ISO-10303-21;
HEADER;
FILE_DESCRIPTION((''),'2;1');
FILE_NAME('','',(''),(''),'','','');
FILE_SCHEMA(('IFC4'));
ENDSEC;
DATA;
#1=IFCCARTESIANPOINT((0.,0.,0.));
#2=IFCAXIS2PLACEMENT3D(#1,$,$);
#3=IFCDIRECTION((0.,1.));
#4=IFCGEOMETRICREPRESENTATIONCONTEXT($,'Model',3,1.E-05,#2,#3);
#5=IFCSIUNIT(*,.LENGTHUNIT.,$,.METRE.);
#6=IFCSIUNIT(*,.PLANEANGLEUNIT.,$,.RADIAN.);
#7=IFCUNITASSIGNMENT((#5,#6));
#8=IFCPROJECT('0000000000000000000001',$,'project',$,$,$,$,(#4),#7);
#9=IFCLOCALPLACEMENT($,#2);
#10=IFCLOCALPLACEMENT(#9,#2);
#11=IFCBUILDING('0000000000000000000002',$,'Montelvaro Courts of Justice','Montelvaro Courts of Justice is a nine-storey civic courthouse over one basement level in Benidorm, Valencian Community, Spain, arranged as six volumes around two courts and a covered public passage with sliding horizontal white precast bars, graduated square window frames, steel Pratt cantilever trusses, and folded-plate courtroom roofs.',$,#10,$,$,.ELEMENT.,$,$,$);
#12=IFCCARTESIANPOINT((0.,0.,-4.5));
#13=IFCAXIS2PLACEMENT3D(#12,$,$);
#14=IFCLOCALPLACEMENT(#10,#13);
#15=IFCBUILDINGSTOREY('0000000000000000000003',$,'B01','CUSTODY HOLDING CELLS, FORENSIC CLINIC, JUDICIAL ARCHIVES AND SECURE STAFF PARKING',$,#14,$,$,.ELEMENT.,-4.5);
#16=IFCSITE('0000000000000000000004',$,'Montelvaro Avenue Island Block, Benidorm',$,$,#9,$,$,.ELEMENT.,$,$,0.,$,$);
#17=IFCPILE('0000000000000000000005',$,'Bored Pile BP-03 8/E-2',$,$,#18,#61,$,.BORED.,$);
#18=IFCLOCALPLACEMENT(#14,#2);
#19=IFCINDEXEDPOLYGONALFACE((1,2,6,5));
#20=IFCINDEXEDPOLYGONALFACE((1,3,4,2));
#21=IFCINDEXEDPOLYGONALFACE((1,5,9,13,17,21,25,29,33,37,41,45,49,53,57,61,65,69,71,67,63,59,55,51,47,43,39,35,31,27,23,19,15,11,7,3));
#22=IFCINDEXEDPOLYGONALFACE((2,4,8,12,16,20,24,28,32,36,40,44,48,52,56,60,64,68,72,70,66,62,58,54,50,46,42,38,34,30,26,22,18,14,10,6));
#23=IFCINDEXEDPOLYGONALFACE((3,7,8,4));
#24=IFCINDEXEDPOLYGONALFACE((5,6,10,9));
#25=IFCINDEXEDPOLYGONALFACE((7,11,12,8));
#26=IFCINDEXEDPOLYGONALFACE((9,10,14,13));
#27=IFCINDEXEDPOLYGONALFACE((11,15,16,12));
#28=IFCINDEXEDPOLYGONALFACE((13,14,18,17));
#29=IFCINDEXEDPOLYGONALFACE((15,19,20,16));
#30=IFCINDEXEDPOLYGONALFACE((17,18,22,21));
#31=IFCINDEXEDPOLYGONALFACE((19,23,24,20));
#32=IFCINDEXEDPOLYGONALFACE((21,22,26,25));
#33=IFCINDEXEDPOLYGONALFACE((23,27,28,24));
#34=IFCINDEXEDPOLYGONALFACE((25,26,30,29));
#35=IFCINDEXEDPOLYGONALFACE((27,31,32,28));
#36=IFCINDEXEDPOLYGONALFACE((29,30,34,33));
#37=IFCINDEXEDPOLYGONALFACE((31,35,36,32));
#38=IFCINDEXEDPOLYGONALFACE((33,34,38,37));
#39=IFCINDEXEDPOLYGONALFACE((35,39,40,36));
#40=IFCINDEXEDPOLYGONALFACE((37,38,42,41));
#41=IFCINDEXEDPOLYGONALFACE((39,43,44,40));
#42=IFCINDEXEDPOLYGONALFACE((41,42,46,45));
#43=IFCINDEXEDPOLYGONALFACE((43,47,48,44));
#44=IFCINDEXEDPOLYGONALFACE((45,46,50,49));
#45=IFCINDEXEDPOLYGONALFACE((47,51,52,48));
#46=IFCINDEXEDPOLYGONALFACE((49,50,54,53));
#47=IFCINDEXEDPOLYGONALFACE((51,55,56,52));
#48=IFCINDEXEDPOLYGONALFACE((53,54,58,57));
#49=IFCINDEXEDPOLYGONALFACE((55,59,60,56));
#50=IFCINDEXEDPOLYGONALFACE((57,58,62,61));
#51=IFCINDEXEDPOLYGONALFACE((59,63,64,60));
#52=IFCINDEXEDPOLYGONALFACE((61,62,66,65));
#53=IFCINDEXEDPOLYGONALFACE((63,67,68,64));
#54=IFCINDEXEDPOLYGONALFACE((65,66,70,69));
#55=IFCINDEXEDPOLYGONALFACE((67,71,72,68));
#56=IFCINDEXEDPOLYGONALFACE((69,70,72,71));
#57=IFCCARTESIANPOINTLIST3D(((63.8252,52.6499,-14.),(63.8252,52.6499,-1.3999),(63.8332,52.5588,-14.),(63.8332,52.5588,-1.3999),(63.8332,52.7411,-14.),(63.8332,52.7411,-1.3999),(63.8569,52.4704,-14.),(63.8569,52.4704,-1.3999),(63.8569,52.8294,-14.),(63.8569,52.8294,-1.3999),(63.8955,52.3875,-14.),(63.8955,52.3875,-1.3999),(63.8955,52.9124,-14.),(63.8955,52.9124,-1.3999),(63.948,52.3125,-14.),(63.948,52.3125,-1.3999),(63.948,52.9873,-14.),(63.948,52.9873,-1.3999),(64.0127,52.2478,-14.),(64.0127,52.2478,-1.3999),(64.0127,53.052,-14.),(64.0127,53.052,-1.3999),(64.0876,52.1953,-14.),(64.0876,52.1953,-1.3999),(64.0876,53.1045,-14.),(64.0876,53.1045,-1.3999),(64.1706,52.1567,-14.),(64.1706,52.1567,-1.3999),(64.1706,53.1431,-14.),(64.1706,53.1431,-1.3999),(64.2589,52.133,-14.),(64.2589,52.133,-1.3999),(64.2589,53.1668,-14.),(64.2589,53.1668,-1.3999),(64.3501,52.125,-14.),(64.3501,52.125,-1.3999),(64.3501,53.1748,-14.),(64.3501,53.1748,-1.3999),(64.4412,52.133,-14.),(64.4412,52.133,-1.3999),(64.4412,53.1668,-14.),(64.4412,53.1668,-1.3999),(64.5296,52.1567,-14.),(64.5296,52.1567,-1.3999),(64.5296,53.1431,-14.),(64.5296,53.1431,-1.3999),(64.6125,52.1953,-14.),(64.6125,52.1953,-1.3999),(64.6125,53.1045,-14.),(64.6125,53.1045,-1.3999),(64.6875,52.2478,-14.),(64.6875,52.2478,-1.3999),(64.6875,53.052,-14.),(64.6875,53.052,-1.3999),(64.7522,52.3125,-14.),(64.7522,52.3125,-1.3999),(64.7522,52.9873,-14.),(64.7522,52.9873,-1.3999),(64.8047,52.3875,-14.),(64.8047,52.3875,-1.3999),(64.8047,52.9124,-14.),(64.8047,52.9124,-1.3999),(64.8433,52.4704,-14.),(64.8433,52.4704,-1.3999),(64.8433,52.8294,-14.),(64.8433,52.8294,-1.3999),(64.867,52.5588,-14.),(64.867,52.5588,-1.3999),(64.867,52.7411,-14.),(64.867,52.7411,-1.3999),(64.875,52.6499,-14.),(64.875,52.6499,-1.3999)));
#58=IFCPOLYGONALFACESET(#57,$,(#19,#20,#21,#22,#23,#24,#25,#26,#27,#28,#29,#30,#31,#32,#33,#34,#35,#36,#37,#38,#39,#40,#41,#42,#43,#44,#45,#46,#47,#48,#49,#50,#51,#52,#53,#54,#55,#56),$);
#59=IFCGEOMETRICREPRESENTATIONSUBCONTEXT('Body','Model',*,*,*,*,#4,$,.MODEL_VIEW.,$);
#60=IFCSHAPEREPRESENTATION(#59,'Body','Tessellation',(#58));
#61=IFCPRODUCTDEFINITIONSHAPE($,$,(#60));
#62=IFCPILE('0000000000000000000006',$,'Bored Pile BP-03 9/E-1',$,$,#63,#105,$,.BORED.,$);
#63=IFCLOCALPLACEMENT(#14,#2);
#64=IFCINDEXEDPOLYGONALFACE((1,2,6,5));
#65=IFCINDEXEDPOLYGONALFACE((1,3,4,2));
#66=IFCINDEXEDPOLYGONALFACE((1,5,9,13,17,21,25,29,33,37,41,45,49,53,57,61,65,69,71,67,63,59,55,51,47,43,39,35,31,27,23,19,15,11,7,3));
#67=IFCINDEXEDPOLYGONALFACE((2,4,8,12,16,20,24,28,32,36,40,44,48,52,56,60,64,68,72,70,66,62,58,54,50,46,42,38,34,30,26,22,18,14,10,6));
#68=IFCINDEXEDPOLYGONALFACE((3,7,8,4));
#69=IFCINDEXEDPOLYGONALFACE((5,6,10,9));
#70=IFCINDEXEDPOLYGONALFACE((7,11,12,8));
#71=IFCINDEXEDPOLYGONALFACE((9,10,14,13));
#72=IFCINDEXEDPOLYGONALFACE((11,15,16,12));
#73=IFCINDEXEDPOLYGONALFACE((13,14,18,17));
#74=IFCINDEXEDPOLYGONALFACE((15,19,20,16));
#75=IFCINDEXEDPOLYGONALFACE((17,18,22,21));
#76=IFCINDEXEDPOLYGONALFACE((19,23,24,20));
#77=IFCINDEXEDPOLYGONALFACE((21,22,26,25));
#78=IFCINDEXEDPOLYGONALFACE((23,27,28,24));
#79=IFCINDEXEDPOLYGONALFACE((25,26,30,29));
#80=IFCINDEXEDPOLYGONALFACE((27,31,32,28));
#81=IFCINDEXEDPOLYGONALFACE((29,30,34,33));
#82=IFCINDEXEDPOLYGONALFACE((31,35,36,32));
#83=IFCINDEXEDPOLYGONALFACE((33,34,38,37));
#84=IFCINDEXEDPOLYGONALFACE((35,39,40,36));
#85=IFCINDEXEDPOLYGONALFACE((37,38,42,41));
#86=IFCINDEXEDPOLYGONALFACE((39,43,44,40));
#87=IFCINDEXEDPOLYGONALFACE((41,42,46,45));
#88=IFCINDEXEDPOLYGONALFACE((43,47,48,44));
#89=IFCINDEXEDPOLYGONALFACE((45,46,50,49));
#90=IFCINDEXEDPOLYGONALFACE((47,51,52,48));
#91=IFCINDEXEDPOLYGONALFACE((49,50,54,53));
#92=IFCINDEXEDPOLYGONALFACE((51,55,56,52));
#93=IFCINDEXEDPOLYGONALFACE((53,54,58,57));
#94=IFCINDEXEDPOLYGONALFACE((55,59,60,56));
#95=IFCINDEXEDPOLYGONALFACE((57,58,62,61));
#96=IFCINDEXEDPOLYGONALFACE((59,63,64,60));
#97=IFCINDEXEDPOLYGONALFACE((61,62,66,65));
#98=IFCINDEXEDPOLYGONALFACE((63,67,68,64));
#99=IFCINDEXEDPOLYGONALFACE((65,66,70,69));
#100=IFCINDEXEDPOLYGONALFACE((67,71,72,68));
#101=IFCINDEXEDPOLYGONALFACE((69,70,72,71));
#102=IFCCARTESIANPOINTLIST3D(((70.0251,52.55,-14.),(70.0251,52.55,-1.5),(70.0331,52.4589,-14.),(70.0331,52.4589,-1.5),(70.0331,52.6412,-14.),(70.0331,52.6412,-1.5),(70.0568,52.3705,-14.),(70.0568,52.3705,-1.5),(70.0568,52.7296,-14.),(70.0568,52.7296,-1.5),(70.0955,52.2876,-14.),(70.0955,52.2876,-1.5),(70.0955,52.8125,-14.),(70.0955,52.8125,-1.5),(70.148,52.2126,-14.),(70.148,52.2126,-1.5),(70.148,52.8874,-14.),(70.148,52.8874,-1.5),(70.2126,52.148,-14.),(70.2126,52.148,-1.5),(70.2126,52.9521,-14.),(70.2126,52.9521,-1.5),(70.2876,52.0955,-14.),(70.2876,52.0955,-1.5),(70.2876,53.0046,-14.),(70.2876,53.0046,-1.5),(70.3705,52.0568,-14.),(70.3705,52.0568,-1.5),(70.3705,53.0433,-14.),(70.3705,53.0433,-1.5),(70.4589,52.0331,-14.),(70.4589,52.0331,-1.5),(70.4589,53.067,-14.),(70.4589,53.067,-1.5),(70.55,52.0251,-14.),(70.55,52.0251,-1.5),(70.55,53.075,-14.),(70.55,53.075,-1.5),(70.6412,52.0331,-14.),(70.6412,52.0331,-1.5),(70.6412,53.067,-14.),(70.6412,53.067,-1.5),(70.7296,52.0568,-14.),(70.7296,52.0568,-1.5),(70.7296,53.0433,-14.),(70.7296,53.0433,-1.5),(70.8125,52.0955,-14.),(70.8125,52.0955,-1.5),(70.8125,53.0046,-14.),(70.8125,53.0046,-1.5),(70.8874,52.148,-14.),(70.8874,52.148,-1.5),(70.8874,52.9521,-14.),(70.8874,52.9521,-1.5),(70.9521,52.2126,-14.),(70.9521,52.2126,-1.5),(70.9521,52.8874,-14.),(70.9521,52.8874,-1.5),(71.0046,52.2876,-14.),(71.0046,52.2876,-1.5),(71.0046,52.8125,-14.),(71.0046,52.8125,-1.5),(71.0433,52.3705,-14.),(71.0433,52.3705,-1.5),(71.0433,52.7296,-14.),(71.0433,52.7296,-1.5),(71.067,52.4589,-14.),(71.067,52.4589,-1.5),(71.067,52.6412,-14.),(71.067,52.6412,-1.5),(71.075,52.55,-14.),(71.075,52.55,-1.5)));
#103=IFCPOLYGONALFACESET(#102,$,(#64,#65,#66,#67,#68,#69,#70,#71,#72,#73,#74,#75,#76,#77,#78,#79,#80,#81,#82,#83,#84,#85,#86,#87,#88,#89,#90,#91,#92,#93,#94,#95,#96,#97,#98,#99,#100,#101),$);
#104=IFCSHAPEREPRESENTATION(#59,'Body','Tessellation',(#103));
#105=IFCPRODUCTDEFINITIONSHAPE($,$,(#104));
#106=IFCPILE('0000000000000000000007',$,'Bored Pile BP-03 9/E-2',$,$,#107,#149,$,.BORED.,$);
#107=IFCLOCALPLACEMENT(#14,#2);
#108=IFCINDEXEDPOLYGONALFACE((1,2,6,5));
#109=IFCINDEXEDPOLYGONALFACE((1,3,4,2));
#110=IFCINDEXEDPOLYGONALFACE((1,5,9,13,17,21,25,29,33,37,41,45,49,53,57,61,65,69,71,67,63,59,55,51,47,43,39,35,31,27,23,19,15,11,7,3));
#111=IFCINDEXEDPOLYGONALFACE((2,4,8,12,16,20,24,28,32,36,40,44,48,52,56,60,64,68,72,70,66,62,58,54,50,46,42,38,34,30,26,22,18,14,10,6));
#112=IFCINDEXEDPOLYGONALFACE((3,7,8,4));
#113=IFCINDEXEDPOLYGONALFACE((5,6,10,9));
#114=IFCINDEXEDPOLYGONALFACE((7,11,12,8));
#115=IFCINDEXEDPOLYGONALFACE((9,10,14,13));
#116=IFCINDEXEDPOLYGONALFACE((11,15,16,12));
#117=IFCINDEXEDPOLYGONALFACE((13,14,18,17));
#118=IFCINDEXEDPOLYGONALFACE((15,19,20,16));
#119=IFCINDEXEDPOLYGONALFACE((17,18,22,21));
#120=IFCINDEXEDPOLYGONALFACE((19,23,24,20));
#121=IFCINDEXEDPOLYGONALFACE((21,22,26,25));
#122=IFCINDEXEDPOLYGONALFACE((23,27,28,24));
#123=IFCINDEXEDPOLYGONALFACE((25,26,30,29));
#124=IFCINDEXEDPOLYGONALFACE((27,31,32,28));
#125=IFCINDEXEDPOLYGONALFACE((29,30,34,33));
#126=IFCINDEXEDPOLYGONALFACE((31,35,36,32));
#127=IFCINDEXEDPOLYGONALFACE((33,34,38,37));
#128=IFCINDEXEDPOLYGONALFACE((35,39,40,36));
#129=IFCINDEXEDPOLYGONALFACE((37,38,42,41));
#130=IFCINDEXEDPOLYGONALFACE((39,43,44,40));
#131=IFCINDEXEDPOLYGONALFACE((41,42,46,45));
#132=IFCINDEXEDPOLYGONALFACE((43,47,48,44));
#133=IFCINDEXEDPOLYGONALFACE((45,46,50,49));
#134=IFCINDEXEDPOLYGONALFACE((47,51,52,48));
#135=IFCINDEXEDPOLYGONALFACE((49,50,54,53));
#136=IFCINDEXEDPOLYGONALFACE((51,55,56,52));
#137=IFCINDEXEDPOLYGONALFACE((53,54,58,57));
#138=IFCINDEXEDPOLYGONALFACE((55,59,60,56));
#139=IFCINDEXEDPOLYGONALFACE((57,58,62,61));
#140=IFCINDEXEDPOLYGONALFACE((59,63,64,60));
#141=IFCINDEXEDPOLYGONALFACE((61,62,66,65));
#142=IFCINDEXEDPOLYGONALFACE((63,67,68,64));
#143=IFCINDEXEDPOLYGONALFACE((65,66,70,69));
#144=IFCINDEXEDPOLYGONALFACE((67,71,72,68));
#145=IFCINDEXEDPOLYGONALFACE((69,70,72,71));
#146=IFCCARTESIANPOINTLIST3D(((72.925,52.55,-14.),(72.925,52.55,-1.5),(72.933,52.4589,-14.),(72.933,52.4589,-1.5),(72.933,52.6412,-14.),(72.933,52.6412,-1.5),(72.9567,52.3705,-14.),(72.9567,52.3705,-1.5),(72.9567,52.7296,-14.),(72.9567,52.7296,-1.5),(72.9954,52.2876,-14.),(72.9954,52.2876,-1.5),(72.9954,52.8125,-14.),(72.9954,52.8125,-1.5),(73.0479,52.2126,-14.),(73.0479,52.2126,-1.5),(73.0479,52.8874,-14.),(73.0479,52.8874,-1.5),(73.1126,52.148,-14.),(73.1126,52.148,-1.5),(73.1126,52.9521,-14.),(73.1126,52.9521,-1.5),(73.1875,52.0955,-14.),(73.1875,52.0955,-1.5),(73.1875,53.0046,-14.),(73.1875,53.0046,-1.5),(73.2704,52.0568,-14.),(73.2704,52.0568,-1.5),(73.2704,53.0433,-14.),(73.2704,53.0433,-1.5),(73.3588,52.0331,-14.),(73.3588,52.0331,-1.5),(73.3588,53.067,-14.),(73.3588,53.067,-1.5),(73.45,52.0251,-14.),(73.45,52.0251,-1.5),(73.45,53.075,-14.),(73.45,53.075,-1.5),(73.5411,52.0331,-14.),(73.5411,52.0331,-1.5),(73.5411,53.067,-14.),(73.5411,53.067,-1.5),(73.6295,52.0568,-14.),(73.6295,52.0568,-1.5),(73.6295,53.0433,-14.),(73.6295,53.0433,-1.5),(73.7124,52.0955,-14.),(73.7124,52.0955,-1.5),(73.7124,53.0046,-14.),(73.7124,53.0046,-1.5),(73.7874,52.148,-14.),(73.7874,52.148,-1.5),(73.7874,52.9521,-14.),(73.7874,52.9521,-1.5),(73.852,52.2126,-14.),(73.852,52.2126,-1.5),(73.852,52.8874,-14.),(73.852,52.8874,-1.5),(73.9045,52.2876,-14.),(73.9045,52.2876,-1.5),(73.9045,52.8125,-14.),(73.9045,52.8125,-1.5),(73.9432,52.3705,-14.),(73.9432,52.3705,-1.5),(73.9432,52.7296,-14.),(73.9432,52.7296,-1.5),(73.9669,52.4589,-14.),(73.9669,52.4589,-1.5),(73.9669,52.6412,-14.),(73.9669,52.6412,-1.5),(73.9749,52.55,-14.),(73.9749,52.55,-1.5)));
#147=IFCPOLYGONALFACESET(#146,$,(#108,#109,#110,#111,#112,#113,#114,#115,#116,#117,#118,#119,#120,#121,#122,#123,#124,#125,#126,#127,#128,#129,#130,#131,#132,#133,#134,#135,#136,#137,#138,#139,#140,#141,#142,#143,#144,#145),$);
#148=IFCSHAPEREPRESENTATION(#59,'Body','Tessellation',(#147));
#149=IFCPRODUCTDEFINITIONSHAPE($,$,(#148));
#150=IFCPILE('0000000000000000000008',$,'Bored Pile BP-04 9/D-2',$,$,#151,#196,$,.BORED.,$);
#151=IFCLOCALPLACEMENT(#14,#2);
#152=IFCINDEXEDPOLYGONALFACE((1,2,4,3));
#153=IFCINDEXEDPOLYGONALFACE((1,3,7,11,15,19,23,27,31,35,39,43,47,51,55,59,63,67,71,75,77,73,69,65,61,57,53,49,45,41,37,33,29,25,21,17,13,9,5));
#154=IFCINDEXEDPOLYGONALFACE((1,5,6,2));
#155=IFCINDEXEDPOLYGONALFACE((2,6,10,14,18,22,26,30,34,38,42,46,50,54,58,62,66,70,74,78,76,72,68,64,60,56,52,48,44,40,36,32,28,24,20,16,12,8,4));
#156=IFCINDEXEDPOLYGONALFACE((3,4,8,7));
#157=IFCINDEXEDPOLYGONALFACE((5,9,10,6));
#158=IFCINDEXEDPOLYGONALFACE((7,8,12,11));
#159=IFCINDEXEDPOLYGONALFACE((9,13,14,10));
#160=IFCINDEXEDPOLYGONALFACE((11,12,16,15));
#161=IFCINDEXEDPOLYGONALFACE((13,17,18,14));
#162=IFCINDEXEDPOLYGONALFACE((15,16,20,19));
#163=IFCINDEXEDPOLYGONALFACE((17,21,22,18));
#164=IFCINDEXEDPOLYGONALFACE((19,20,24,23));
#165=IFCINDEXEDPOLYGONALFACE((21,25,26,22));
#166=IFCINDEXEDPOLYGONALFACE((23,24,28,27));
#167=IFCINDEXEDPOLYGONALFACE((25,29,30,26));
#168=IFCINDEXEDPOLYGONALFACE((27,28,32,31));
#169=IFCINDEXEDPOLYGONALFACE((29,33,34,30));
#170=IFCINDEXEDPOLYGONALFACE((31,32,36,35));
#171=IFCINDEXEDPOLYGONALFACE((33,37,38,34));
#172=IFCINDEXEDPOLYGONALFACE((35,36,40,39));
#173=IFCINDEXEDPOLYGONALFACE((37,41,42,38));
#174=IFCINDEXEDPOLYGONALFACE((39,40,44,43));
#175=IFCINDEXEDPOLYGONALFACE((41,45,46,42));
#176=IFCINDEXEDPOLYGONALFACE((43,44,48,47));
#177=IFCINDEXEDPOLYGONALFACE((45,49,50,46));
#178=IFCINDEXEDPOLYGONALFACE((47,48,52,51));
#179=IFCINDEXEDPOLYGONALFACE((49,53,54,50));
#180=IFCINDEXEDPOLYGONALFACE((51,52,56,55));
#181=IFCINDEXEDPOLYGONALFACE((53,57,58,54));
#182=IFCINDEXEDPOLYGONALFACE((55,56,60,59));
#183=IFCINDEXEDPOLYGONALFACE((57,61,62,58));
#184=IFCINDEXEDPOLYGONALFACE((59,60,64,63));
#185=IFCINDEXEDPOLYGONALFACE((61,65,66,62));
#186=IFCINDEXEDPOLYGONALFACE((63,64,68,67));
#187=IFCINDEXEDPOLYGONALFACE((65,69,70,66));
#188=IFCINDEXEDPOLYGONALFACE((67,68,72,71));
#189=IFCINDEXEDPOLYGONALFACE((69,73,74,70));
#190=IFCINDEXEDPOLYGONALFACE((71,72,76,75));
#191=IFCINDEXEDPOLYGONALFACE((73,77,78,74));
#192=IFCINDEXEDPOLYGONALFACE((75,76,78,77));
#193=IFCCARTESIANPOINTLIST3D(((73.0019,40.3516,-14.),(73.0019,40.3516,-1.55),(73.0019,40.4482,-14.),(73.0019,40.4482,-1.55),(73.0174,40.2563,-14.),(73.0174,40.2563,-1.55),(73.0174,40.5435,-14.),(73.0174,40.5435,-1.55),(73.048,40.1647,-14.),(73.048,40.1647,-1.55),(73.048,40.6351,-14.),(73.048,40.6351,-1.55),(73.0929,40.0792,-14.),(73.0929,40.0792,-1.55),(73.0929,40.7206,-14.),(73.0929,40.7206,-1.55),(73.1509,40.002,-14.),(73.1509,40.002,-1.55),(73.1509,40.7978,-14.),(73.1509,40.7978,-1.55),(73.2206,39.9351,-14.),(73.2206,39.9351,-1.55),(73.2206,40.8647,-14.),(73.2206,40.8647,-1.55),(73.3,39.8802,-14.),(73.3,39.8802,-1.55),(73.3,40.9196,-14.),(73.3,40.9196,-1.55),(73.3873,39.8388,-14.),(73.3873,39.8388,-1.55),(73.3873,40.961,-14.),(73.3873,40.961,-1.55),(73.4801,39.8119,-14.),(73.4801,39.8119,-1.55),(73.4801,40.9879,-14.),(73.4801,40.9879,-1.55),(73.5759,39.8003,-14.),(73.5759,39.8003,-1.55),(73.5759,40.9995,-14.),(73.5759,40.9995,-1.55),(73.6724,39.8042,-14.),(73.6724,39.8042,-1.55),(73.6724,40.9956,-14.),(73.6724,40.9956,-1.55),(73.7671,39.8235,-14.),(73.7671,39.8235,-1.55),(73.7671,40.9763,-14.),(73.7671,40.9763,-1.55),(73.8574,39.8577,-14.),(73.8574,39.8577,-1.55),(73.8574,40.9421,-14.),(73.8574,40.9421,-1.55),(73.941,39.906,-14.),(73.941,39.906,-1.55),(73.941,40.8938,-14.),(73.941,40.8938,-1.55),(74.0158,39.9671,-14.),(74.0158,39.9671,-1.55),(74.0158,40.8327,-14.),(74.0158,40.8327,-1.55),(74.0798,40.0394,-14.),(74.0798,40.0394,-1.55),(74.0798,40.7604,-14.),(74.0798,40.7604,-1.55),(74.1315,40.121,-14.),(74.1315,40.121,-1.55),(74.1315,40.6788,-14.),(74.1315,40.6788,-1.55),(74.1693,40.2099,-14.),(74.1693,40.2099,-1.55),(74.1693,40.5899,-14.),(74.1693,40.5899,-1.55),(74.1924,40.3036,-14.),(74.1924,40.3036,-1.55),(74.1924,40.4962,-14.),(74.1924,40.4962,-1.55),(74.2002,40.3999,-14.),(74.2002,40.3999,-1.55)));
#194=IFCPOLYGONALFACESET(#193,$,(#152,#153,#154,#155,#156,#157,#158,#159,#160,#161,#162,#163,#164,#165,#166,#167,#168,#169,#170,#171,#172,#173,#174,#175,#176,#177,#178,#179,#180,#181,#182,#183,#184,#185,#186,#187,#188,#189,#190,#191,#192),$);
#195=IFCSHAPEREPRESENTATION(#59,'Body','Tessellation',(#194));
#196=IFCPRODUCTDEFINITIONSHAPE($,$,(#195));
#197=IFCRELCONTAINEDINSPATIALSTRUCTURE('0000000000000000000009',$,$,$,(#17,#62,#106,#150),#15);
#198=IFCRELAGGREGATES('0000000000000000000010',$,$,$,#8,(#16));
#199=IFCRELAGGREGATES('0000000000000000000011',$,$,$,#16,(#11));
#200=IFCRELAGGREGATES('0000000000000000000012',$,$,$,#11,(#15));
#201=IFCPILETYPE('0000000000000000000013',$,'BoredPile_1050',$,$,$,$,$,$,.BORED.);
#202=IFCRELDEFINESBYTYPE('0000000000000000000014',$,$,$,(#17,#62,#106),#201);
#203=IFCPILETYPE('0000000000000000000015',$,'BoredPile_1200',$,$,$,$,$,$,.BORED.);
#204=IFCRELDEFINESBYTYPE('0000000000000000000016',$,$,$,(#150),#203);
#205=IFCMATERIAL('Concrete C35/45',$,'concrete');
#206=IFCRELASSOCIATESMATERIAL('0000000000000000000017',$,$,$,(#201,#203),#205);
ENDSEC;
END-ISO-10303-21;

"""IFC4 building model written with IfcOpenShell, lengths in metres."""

from ifc_helpers import new_model, si_unit, direction, frame, origin, origin_2d, place, context, subcontext, project, spatial, circle, extrude, material, material_profile, profile_set, type_object, element, save


model = new_model("IFC4")

# Units and contexts
model_context = context("Model", 3, precision=1e-05, world=origin(), true_north=direction((0.0, 1.0)))
body_context = subcontext(model_context, "Body", "Model", "MODEL_VIEW")
ifc_project = project(units=[si_unit("LENGTHUNIT", "METRE"), si_unit("PLANEANGLEUNIT", "RADIAN")], contexts=[model_context])

# Site, building, storey
site_placement = place(None, origin())
site = spatial("IfcSite", under=ifc_project, at=site_placement, Name="Montelvaro Avenue Island Block, Benidorm", CompositionType="ELEMENT", RefElevation=0.0)
building_placement = place(site_placement, origin())
building = spatial("IfcBuilding", under=site, at=building_placement, Name="Montelvaro Courts of Justice", Description="Montelvaro Courts of Justice is a nine-storey civic courthouse over one basement level in Benidorm, Valencian Community, Spain, arranged as six volumes around two courts and a covered public passage with sliding horizontal white precast bars, graduated square window frames, steel Pratt cantilever trusses, and folded-plate courtroom roofs.", CompositionType="ELEMENT")
storey_placement = place(building_placement, frame((0.0, 0.0, -4.5)))
storey = spatial("IfcBuildingStorey", under=building, at=storey_placement, Name="B01", Description="CUSTODY HOLDING CELLS, FORENSIC CLINIC, JUDICIAL ARCHIVES AND SECURE STAFF PARKING", CompositionType="ELEMENT", Elevation=-4.5)

# Piles
ifc_material_1 = material(Name="Concrete C35/45", Category="concrete")
ifc_material_profile_1 = material_profile(ifc_material_1, circle(Radius=0.5249, at=origin_2d()), Name="BORED PILE D1050")
ifc_profile_set_1 = profile_set([ifc_material_profile_1], Name="Concrete C35/45")
pile_type_1 = type_object("IfcPileType", Name="BoredPile_1050", PredefinedType="BORED", material=ifc_profile_set_1)
for number, where, z_axis, x_axis, name in (
    (1, (64.3501, 52.6499, -1.3999), (0.0, 0.0, -1.0), (1.0, 0.0, 0.0), "Bored Pile BP-03 8/E-2"),
):
    element("IfcPile", number, at=place(storey_placement, frame(where, z_axis=z_axis, x_axis=x_axis)), inside=storey, type_object=pile_type_1, Name=name, PredefinedType="BORED", context=body_context, shape_type="SweptSolid", body=[
        extrude(circle(Radius=0.5249, at=origin_2d()), origin(), (0.0, 0.0, 1.0), 12.6001),
    ])
for number, where, z_axis, x_axis, name in (
    (2, (70.55, 52.55, -1.5), (0.0, 0.0, -1.0), (1.0, 0.0, 0.0), "Bored Pile BP-03 9/E-1"),
    (3, (73.45, 52.55, -1.5), (0.0, 0.0, -1.0), (1.0, 0.0, 0.0), "Bored Pile BP-03 9/E-2"),
):
    element("IfcPile", number, at=place(storey_placement, frame(where, z_axis=z_axis, x_axis=x_axis)), inside=storey, type_object=pile_type_1, Name=name, PredefinedType="BORED", context=body_context, shape_type="SweptSolid", body=[
        extrude(circle(Radius=0.5249, at=origin_2d()), origin(), (0.0, 0.0, 1.0), 12.5),
    ])
ifc_material_profile_2 = material_profile(ifc_material_1, circle(Radius=0.6001, at=origin_2d()), Name="BORED PILE D1200")
ifc_profile_set_2 = profile_set([ifc_material_profile_2], Name="Concrete C35/45")
pile_type_2 = type_object("IfcPileType", Name="BoredPile_1200", PredefinedType="BORED", material=ifc_profile_set_2)
for number, where, z_axis, x_axis, name in (
    (4, (73.6001, 40.3999, -1.55), (0.0, 0.0, -1.0), (1.0, 0.0, 0.0), "Bored Pile BP-04 9/D-2"),
):
    element("IfcPile", number, at=place(storey_placement, frame(where, z_axis=z_axis, x_axis=x_axis)), inside=storey, type_object=pile_type_2, Name=name, PredefinedType="BORED", context=body_context, shape_type="SweptSolid", body=[
        extrude(circle(Radius=0.6001, at=origin_2d()), origin(), (0.0, 0.0, 1.0), 12.45),
    ])

save(model, "model.ifc")
